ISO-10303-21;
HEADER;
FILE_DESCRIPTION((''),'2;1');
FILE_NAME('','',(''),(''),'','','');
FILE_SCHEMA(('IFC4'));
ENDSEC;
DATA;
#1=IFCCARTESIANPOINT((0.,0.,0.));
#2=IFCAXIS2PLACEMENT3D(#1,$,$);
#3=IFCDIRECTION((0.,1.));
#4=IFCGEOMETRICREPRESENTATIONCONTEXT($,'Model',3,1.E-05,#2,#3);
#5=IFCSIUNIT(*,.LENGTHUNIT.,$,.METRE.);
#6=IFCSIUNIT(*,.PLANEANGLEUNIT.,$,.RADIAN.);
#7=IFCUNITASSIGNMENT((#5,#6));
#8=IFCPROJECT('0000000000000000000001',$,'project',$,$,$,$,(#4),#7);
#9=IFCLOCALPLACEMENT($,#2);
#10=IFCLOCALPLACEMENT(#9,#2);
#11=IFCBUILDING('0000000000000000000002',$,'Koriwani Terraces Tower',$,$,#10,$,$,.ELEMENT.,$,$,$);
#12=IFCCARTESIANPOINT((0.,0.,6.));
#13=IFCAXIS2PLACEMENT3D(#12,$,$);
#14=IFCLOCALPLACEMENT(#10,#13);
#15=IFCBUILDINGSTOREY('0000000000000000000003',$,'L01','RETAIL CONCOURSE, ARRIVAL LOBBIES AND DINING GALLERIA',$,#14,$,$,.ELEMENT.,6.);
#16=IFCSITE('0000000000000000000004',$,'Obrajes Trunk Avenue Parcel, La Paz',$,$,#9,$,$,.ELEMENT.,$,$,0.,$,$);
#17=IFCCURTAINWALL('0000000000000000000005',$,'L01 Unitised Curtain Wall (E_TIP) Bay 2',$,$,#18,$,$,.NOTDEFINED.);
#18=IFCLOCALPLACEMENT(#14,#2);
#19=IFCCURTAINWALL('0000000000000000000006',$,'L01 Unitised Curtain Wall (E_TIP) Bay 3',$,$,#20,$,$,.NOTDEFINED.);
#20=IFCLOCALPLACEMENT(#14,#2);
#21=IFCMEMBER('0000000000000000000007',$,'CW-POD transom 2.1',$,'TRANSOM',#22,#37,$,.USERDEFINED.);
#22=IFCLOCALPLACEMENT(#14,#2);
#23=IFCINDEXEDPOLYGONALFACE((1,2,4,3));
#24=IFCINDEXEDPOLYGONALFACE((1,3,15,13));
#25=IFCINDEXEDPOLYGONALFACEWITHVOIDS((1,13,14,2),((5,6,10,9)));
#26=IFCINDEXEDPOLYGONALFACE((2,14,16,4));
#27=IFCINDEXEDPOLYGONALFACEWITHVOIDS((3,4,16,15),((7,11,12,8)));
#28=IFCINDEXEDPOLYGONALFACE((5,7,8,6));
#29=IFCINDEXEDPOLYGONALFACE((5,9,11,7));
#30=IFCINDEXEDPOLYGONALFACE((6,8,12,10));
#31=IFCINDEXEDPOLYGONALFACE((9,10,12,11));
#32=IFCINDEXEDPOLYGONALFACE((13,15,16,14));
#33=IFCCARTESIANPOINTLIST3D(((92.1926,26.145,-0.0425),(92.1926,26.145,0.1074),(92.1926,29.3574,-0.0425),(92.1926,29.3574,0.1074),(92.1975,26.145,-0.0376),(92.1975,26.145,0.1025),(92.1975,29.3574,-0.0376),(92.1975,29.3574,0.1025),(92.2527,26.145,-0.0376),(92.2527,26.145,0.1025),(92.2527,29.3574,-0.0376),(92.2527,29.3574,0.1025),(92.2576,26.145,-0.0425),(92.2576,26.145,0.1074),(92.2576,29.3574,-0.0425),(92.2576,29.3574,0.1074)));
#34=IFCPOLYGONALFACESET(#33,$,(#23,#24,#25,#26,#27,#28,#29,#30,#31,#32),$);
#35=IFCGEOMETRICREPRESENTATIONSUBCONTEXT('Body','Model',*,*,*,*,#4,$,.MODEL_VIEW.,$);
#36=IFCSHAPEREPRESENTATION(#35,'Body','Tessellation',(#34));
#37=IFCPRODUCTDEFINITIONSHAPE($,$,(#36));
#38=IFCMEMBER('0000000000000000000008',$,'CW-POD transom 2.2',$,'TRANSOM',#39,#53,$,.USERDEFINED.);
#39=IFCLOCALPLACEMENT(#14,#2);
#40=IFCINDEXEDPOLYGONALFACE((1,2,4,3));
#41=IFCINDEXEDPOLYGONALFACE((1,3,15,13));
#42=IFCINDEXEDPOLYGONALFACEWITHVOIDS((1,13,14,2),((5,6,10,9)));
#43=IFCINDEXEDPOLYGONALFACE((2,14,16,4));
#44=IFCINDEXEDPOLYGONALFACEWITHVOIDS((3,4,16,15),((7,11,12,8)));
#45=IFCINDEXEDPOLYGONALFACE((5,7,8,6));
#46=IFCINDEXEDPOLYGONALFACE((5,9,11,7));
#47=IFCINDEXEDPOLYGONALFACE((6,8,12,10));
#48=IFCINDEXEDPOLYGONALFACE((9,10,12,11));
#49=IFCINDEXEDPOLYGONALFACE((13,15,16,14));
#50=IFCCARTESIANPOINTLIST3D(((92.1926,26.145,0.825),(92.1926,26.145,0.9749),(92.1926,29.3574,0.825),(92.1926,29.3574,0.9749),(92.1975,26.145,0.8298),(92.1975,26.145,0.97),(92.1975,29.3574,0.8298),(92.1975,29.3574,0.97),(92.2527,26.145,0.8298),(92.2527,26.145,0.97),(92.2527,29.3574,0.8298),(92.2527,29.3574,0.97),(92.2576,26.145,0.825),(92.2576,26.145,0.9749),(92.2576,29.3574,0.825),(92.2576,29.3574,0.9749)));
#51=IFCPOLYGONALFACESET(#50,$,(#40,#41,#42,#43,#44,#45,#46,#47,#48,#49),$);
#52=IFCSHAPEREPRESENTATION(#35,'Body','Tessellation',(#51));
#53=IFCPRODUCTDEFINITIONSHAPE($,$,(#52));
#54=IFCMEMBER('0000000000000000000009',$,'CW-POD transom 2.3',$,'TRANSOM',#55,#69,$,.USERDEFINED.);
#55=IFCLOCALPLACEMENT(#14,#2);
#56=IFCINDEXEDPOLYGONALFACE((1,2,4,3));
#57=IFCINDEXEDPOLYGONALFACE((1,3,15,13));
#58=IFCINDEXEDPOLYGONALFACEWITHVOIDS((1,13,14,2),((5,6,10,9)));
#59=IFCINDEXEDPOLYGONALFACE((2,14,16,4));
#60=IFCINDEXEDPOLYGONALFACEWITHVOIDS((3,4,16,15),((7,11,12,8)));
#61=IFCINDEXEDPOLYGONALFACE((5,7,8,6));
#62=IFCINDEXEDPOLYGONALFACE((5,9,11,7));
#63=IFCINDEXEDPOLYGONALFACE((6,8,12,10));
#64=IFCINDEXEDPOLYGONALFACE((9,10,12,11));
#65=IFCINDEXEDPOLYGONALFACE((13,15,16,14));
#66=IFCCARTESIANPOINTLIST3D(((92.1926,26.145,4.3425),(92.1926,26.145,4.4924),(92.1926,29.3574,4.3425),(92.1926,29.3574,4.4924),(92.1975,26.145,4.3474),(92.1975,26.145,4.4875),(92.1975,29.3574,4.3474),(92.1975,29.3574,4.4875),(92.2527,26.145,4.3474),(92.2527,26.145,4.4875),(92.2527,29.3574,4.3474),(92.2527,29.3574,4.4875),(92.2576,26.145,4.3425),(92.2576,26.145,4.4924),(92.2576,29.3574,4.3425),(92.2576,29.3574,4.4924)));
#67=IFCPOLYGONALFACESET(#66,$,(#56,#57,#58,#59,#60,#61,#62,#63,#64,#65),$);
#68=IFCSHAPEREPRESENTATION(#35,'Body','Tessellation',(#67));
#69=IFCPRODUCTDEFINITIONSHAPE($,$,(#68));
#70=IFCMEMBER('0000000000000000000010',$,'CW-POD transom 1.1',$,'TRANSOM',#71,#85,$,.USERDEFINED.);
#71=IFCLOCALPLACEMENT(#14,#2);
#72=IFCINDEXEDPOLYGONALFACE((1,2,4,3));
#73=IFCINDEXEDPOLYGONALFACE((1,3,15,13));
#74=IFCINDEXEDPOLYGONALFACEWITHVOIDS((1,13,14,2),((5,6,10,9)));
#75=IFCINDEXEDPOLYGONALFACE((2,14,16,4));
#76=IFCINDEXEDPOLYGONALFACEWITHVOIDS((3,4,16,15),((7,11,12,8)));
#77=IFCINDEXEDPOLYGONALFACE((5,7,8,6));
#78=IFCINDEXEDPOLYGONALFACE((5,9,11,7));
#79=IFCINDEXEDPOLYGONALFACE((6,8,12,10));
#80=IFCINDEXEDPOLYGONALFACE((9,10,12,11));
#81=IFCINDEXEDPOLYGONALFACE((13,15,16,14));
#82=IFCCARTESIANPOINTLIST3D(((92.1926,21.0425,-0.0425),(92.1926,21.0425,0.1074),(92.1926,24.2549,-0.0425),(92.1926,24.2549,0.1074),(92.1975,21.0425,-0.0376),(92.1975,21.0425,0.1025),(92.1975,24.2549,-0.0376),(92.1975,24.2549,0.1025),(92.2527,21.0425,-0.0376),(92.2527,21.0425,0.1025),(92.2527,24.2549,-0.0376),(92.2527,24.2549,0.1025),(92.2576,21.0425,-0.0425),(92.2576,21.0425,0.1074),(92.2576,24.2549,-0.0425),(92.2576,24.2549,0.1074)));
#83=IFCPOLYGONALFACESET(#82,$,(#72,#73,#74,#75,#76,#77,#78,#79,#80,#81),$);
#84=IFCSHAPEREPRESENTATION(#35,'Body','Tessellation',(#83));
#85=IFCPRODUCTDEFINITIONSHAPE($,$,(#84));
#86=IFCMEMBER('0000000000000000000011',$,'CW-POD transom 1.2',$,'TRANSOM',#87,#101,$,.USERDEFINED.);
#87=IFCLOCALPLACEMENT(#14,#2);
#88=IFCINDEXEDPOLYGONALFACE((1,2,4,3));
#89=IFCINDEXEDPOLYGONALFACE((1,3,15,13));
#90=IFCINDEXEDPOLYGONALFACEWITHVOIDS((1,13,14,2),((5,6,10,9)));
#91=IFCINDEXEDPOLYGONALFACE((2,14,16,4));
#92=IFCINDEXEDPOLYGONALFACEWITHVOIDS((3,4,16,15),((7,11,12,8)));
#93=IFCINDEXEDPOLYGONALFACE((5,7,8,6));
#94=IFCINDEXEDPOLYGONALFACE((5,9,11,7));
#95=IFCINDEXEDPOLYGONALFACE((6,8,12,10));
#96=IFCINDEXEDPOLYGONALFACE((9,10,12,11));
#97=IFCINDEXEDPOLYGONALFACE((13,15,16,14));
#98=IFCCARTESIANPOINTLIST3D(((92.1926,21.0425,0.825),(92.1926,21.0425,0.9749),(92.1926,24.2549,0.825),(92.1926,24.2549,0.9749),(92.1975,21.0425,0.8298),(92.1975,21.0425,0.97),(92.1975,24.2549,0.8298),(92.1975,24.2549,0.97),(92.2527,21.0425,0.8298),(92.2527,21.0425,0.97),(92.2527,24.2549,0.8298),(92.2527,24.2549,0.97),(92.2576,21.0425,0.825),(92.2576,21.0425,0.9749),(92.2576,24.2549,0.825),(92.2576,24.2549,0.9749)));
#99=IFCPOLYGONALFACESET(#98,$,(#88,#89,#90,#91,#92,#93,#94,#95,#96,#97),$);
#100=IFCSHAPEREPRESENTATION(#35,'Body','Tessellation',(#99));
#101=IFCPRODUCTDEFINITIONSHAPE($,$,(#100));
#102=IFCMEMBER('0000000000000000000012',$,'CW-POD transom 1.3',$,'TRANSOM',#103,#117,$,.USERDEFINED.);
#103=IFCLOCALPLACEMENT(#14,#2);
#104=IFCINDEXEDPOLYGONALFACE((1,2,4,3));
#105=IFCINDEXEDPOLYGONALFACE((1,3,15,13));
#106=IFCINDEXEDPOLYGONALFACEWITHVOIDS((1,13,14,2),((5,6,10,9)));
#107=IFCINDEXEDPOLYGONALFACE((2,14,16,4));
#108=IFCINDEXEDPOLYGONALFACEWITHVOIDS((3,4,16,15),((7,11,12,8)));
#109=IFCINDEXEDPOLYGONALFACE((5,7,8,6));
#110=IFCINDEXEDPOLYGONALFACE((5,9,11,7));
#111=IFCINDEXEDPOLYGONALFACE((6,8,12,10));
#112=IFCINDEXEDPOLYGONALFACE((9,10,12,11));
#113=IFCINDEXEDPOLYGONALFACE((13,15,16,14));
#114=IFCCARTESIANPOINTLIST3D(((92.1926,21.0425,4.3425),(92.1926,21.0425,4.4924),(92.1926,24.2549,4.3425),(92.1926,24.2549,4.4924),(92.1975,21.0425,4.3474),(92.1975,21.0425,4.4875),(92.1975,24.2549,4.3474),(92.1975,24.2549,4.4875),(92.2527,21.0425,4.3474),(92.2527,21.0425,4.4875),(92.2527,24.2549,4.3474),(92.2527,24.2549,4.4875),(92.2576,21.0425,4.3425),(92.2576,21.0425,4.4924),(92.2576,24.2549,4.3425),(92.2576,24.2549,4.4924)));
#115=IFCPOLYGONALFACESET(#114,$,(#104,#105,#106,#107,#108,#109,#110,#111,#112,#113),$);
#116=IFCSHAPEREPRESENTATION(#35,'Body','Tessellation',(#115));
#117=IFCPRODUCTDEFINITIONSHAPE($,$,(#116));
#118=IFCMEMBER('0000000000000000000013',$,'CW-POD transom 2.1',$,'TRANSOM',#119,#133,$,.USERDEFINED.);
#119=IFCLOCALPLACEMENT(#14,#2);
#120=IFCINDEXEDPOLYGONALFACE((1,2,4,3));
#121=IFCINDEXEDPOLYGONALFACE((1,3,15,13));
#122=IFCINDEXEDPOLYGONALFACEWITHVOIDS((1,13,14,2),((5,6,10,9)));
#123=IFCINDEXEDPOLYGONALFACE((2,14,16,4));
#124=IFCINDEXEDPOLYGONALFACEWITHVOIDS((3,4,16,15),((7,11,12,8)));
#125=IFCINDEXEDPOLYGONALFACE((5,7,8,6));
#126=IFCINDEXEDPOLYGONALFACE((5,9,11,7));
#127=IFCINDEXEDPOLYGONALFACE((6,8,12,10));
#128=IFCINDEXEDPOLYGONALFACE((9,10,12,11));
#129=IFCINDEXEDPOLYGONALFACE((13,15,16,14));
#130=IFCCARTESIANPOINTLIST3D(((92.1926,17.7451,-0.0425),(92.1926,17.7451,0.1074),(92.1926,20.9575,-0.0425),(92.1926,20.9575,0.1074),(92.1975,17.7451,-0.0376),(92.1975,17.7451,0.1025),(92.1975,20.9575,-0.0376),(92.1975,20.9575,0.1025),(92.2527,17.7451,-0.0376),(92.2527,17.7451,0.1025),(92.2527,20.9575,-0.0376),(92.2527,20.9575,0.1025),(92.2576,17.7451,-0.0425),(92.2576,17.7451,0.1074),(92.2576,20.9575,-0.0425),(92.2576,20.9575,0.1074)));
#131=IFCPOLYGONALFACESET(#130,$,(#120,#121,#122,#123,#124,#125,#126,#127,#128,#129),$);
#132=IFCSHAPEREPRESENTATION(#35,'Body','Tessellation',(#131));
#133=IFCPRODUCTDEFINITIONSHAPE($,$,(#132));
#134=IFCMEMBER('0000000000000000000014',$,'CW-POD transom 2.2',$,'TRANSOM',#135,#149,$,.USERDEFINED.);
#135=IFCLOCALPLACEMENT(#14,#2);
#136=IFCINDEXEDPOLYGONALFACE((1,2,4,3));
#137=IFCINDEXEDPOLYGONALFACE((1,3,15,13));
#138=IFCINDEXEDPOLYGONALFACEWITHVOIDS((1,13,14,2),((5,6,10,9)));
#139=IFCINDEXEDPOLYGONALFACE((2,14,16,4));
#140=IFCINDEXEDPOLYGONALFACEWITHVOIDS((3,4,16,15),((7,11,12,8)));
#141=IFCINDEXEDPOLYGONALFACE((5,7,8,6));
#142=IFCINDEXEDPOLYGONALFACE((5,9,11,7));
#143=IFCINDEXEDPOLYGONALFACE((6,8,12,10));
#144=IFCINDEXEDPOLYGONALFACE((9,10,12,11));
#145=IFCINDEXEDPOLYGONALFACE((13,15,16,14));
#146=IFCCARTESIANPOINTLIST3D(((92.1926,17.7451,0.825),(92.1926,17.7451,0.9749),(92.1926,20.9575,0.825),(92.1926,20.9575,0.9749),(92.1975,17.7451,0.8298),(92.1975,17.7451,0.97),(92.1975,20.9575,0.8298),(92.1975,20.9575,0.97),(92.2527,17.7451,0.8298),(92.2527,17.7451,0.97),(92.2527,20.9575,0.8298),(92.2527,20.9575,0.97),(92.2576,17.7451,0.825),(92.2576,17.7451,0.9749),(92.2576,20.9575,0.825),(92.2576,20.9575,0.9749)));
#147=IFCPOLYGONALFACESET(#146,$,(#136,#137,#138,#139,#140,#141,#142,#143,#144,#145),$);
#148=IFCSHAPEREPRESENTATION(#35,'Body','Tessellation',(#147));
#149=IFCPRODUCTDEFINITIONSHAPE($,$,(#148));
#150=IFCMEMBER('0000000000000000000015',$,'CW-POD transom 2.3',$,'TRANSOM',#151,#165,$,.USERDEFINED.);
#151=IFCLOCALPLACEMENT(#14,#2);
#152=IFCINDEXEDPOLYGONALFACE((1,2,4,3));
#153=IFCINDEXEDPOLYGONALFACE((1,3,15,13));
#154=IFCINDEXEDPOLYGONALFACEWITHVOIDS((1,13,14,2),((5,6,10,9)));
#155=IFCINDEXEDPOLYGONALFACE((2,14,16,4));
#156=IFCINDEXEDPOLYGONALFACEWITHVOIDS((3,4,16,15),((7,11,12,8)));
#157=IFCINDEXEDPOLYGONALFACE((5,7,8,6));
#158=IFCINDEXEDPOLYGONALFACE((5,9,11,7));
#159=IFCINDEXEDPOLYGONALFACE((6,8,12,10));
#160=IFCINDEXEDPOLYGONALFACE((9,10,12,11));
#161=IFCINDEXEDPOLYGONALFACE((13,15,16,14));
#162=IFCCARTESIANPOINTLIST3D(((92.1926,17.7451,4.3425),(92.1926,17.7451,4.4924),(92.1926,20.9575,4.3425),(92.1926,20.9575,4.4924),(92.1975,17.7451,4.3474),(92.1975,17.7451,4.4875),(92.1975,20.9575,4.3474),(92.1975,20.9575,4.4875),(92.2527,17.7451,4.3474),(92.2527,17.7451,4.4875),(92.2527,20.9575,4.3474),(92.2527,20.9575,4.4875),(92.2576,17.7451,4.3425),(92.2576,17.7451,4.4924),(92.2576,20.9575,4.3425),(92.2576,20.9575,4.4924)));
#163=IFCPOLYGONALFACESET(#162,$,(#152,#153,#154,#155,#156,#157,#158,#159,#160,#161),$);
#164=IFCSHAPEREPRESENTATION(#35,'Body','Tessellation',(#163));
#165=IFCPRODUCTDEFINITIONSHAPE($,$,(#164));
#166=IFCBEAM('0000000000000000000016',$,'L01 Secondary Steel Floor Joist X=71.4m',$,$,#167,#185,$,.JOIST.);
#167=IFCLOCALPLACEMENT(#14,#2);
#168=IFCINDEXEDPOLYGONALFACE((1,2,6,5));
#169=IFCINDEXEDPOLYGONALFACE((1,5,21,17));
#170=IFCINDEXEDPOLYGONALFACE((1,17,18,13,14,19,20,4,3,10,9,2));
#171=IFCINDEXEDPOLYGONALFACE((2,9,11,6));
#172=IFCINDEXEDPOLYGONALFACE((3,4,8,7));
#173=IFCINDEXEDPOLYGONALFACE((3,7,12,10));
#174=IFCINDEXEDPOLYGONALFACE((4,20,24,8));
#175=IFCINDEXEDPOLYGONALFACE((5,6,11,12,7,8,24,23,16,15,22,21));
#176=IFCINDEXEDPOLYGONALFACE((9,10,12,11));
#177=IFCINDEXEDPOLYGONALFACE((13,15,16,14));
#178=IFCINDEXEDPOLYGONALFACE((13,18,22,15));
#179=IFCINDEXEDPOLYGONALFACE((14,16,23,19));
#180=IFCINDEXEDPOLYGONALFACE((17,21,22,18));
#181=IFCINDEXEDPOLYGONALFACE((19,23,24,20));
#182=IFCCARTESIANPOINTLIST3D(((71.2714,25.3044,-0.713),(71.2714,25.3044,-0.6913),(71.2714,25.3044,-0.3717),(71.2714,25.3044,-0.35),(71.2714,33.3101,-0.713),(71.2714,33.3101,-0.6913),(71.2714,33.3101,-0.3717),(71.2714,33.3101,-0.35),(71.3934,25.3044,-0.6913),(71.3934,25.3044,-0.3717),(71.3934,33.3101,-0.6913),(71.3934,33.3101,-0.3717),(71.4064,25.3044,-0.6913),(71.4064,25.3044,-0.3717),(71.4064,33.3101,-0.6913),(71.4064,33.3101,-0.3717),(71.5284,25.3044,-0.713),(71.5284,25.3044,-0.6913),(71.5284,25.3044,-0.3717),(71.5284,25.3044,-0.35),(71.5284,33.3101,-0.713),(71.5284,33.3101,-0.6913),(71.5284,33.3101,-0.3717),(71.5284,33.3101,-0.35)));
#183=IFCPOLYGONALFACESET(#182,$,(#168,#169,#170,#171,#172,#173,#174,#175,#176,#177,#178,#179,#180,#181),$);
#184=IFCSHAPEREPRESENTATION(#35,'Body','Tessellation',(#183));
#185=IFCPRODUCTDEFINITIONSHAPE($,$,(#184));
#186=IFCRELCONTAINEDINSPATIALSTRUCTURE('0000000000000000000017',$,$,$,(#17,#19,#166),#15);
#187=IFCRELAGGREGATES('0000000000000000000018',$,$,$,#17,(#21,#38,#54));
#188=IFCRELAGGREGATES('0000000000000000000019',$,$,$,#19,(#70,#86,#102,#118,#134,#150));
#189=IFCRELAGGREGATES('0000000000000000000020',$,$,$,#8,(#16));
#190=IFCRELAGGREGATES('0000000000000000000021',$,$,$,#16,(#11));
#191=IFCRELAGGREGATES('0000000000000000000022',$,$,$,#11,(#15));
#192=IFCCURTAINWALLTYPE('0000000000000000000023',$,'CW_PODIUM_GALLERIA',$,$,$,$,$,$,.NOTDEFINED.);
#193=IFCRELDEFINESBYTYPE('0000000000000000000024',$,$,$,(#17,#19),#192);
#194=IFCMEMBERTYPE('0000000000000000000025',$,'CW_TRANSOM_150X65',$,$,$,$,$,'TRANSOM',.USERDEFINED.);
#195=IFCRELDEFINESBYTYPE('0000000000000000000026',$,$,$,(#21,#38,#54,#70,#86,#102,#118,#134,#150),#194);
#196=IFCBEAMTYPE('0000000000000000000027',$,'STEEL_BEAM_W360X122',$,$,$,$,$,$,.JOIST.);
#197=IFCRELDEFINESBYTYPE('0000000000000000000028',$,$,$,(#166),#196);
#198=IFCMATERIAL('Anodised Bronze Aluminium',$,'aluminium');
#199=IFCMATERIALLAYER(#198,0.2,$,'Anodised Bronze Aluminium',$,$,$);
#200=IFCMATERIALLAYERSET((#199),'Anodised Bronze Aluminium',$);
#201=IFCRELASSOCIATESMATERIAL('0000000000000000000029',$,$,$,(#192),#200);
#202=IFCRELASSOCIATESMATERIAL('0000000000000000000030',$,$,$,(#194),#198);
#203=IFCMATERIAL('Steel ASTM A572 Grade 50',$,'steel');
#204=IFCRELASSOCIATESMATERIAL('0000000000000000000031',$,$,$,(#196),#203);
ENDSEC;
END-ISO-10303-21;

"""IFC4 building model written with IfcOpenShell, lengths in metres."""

from ifc_helpers import new_model, si_unit, direction, frame, origin, origin_2d, place, context, subcontext, project, spatial, hollow_rectangle, i_section, extrude, material, layer, layer_set, material_profile, profile_set, type_object, element, aggregate, save


model = new_model("IFC4")

# Units and contexts
model_context = context("Model", 3, precision=1e-05, world=origin(), true_north=direction((0.0, 1.0)))
body_context = subcontext(model_context, "Body", "Model", "MODEL_VIEW")
ifc_project = project(units=[si_unit("LENGTHUNIT", "METRE"), si_unit("PLANEANGLEUNIT", "RADIAN")], contexts=[model_context])

# Site, building, storey
site_placement = place(None, origin())
site = spatial("IfcSite", under=ifc_project, at=site_placement, Name="Obrajes Trunk Avenue Parcel, La Paz", CompositionType="ELEMENT", RefElevation=0.0)
building_placement = place(site_placement, origin())
building = spatial("IfcBuilding", under=site, at=building_placement, Name="Koriwani Terraces Tower", CompositionType="ELEMENT")
storey_placement = place(building_placement, frame((0.0, 0.0, 6.0)))
storey = spatial("IfcBuildingStorey", under=building, at=storey_placement, Name="L01", Description="RETAIL CONCOURSE, ARRIVAL LOBBIES AND DINING GALLERIA", CompositionType="ELEMENT", Elevation=6.0)

# Curtain walls
ifc_material_1 = material(Name="Anodised Bronze Aluminium", Category="aluminium")
ifc_layer_1 = layer(ifc_material_1, 0.2, Name="Anodised Bronze Aluminium")
ifc_layer_set_1 = layer_set([ifc_layer_1], Name="Anodised Bronze Aluminium")
curtain_wall_type = type_object("IfcCurtainWallType", Name="CW_PODIUM_GALLERIA", PredefinedType="NOTDEFINED", material=ifc_layer_set_1)
curtain_wall_1_placement = place(storey_placement, origin())
curtain_wall_1 = element("IfcCurtainWall", 1, at=curtain_wall_1_placement, inside=storey, type_object=curtain_wall_type, Name="L01 Unitised Curtain Wall (E_TIP) Bay 2", PredefinedType="NOTDEFINED")
curtain_wall_2_placement = place(storey_placement, origin())
curtain_wall_2 = element("IfcCurtainWall", 2, at=curtain_wall_2_placement, inside=storey, type_object=curtain_wall_type, Name="L01 Unitised Curtain Wall (E_TIP) Bay 3", PredefinedType="NOTDEFINED")

# Members
ifc_material_profile_1 = material_profile(ifc_material_1, hollow_rectangle(XDim=0.0649, YDim=0.1499, WallThickness=0.0049, at=origin_2d()), Name="Anodised Bronze Aluminium", Category="LoadBearing")
ifc_profile_set_1 = profile_set([ifc_material_profile_1], Name="Anodised Bronze Aluminium")
member_type_1 = type_object("IfcMemberType", Name="CW_TRANSOM_150X65", ElementType="TRANSOM", PredefinedType="USERDEFINED", material=ifc_profile_set_1)
member_1_placement = place(storey_placement, frame((92.2251, 29.3574, 0.0325), z_axis=(0.0, -1.0, 0.0), x_axis=(1.0, 0.0, 0.0)))
member_1 = element("IfcMember", 3, at=member_1_placement, type_object=member_type_1, Name="CW-POD transom 2.1", ObjectType="TRANSOM", PredefinedType="USERDEFINED", context=body_context, shape_type="SweptSolid", body=[
    extrude(hollow_rectangle(XDim=0.0649, YDim=0.1499, WallThickness=0.0049, at=origin_2d()), origin(), (0.0, 0.0, 1.0), 3.2124),
])
member_2_placement = place(storey_placement, frame((92.2251, 29.3574, 0.8999), z_axis=(0.0, -1.0, 0.0), x_axis=(1.0, 0.0, 0.0)))
member_2 = element("IfcMember", 4, at=member_2_placement, type_object=member_type_1, Name="CW-POD transom 2.2", ObjectType="TRANSOM", PredefinedType="USERDEFINED", context=body_context, shape_type="SweptSolid", body=[
    extrude(hollow_rectangle(XDim=0.0649, YDim=0.1499, WallThickness=0.0049, at=origin_2d()), origin(), (0.0, 0.0, 1.0), 3.2124),
])
member_3_placement = place(storey_placement, frame((92.2251, 29.3574, 4.4175), z_axis=(0.0, -1.0, 0.0), x_axis=(1.0, 0.0, 0.0)))
member_3 = element("IfcMember", 5, at=member_3_placement, type_object=member_type_1, Name="CW-POD transom 2.3", ObjectType="TRANSOM", PredefinedType="USERDEFINED", context=body_context, shape_type="SweptSolid", body=[
    extrude(hollow_rectangle(XDim=0.0649, YDim=0.1499, WallThickness=0.0049, at=origin_2d()), origin(), (0.0, 0.0, 1.0), 3.2124),
])
member_4_placement = place(storey_placement, frame((92.2251, 24.2549, 0.0325), z_axis=(0.0, -1.0, 0.0), x_axis=(1.0, 0.0, 0.0)))
member_4 = element("IfcMember", 6, at=member_4_placement, type_object=member_type_1, Name="CW-POD transom 1.1", ObjectType="TRANSOM", PredefinedType="USERDEFINED", context=body_context, shape_type="SweptSolid", body=[
    extrude(hollow_rectangle(XDim=0.0649, YDim=0.1499, WallThickness=0.0049, at=origin_2d()), origin(), (0.0, 0.0, 1.0), 3.2124),
])
member_5_placement = place(storey_placement, frame((92.2251, 24.2549, 0.8999), z_axis=(0.0, -1.0, 0.0), x_axis=(1.0, 0.0, 0.0)))
member_5 = element("IfcMember", 7, at=member_5_placement, type_object=member_type_1, Name="CW-POD transom 1.2", ObjectType="TRANSOM", PredefinedType="USERDEFINED", context=body_context, shape_type="SweptSolid", body=[
    extrude(hollow_rectangle(XDim=0.0649, YDim=0.1499, WallThickness=0.0049, at=origin_2d()), origin(), (0.0, 0.0, 1.0), 3.2124),
])
member_6_placement = place(storey_placement, frame((92.2251, 24.2549, 4.4175), z_axis=(0.0, -1.0, 0.0), x_axis=(1.0, 0.0, 0.0)))
member_6 = element("IfcMember", 8, at=member_6_placement, type_object=member_type_1, Name="CW-POD transom 1.3", ObjectType="TRANSOM", PredefinedType="USERDEFINED", context=body_context, shape_type="SweptSolid", body=[
    extrude(hollow_rectangle(XDim=0.0649, YDim=0.1499, WallThickness=0.0049, at=origin_2d()), origin(), (0.0, 0.0, 1.0), 3.2124),
])
member_7_placement = place(storey_placement, frame((92.2251, 20.9575, 0.0325), z_axis=(0.0, -1.0, 0.0), x_axis=(1.0, 0.0, 0.0)))
member_7 = element("IfcMember", 9, at=member_7_placement, type_object=member_type_1, Name="CW-POD transom 2.1", ObjectType="TRANSOM", PredefinedType="USERDEFINED", context=body_context, shape_type="SweptSolid", body=[
    extrude(hollow_rectangle(XDim=0.0649, YDim=0.1499, WallThickness=0.0049, at=origin_2d()), origin(), (0.0, 0.0, 1.0), 3.2124),
])
member_8_placement = place(storey_placement, frame((92.2251, 20.9575, 0.8999), z_axis=(0.0, -1.0, 0.0), x_axis=(1.0, 0.0, 0.0)))
member_8 = element("IfcMember", 10, at=member_8_placement, type_object=member_type_1, Name="CW-POD transom 2.2", ObjectType="TRANSOM", PredefinedType="USERDEFINED", context=body_context, shape_type="SweptSolid", body=[
    extrude(hollow_rectangle(XDim=0.0649, YDim=0.1499, WallThickness=0.0049, at=origin_2d()), origin(), (0.0, 0.0, 1.0), 3.2124),
])
member_9_placement = place(storey_placement, frame((92.2251, 20.9575, 4.4175), z_axis=(0.0, -1.0, 0.0), x_axis=(1.0, 0.0, 0.0)))
member_9 = element("IfcMember", 11, at=member_9_placement, type_object=member_type_1, Name="CW-POD transom 2.3", ObjectType="TRANSOM", PredefinedType="USERDEFINED", context=body_context, shape_type="SweptSolid", body=[
    extrude(hollow_rectangle(XDim=0.0649, YDim=0.1499, WallThickness=0.0049, at=origin_2d()), origin(), (0.0, 0.0, 1.0), 3.2124),
])

# Beam
ifc_material_2 = material(Name="Steel ASTM A572 Grade 50", Category="steel")
ifc_material_profile_2 = material_profile(ifc_material_2, i_section(OverallWidth=0.2571, OverallDepth=0.363, WebThickness=0.0129, FlangeThickness=0.0217, at=origin_2d()), Name="Steel ASTM A572 Grade 50", Category="LoadBearing")
ifc_profile_set_2 = profile_set([ifc_material_profile_2], Name="Steel ASTM A572 Grade 50")
beam_type_1 = type_object("IfcBeamType", Name="STEEL_BEAM_W360X122", PredefinedType="JOIST", material=ifc_profile_set_2)
for number, where, z_axis, x_axis, name in (
    (12, (71.3999, 25.3044, -0.5315), (0.0, 1.0, 0.0), (-1.0, 0.0, 0.0), "L01 Secondary Steel Floor Joist X=71.4m"),
):
    element("IfcBeam", number, at=place(storey_placement, frame(where, z_axis=z_axis, x_axis=x_axis)), inside=storey, type_object=beam_type_1, Name=name, PredefinedType="JOIST", context=body_context, shape_type="SweptSolid", body=[
        extrude(i_section(OverallWidth=0.2571, OverallDepth=0.363, WebThickness=0.0129, FlangeThickness=0.0217, at=origin_2d()), origin(), (0.0, 0.0, 1.0), 8.0056),
    ])

aggregate(curtain_wall_1, [member_1, member_2, member_3])
aggregate(curtain_wall_2, [member_4, member_5, member_6, member_7, member_8, member_9])

save(model, "model.ifc")
